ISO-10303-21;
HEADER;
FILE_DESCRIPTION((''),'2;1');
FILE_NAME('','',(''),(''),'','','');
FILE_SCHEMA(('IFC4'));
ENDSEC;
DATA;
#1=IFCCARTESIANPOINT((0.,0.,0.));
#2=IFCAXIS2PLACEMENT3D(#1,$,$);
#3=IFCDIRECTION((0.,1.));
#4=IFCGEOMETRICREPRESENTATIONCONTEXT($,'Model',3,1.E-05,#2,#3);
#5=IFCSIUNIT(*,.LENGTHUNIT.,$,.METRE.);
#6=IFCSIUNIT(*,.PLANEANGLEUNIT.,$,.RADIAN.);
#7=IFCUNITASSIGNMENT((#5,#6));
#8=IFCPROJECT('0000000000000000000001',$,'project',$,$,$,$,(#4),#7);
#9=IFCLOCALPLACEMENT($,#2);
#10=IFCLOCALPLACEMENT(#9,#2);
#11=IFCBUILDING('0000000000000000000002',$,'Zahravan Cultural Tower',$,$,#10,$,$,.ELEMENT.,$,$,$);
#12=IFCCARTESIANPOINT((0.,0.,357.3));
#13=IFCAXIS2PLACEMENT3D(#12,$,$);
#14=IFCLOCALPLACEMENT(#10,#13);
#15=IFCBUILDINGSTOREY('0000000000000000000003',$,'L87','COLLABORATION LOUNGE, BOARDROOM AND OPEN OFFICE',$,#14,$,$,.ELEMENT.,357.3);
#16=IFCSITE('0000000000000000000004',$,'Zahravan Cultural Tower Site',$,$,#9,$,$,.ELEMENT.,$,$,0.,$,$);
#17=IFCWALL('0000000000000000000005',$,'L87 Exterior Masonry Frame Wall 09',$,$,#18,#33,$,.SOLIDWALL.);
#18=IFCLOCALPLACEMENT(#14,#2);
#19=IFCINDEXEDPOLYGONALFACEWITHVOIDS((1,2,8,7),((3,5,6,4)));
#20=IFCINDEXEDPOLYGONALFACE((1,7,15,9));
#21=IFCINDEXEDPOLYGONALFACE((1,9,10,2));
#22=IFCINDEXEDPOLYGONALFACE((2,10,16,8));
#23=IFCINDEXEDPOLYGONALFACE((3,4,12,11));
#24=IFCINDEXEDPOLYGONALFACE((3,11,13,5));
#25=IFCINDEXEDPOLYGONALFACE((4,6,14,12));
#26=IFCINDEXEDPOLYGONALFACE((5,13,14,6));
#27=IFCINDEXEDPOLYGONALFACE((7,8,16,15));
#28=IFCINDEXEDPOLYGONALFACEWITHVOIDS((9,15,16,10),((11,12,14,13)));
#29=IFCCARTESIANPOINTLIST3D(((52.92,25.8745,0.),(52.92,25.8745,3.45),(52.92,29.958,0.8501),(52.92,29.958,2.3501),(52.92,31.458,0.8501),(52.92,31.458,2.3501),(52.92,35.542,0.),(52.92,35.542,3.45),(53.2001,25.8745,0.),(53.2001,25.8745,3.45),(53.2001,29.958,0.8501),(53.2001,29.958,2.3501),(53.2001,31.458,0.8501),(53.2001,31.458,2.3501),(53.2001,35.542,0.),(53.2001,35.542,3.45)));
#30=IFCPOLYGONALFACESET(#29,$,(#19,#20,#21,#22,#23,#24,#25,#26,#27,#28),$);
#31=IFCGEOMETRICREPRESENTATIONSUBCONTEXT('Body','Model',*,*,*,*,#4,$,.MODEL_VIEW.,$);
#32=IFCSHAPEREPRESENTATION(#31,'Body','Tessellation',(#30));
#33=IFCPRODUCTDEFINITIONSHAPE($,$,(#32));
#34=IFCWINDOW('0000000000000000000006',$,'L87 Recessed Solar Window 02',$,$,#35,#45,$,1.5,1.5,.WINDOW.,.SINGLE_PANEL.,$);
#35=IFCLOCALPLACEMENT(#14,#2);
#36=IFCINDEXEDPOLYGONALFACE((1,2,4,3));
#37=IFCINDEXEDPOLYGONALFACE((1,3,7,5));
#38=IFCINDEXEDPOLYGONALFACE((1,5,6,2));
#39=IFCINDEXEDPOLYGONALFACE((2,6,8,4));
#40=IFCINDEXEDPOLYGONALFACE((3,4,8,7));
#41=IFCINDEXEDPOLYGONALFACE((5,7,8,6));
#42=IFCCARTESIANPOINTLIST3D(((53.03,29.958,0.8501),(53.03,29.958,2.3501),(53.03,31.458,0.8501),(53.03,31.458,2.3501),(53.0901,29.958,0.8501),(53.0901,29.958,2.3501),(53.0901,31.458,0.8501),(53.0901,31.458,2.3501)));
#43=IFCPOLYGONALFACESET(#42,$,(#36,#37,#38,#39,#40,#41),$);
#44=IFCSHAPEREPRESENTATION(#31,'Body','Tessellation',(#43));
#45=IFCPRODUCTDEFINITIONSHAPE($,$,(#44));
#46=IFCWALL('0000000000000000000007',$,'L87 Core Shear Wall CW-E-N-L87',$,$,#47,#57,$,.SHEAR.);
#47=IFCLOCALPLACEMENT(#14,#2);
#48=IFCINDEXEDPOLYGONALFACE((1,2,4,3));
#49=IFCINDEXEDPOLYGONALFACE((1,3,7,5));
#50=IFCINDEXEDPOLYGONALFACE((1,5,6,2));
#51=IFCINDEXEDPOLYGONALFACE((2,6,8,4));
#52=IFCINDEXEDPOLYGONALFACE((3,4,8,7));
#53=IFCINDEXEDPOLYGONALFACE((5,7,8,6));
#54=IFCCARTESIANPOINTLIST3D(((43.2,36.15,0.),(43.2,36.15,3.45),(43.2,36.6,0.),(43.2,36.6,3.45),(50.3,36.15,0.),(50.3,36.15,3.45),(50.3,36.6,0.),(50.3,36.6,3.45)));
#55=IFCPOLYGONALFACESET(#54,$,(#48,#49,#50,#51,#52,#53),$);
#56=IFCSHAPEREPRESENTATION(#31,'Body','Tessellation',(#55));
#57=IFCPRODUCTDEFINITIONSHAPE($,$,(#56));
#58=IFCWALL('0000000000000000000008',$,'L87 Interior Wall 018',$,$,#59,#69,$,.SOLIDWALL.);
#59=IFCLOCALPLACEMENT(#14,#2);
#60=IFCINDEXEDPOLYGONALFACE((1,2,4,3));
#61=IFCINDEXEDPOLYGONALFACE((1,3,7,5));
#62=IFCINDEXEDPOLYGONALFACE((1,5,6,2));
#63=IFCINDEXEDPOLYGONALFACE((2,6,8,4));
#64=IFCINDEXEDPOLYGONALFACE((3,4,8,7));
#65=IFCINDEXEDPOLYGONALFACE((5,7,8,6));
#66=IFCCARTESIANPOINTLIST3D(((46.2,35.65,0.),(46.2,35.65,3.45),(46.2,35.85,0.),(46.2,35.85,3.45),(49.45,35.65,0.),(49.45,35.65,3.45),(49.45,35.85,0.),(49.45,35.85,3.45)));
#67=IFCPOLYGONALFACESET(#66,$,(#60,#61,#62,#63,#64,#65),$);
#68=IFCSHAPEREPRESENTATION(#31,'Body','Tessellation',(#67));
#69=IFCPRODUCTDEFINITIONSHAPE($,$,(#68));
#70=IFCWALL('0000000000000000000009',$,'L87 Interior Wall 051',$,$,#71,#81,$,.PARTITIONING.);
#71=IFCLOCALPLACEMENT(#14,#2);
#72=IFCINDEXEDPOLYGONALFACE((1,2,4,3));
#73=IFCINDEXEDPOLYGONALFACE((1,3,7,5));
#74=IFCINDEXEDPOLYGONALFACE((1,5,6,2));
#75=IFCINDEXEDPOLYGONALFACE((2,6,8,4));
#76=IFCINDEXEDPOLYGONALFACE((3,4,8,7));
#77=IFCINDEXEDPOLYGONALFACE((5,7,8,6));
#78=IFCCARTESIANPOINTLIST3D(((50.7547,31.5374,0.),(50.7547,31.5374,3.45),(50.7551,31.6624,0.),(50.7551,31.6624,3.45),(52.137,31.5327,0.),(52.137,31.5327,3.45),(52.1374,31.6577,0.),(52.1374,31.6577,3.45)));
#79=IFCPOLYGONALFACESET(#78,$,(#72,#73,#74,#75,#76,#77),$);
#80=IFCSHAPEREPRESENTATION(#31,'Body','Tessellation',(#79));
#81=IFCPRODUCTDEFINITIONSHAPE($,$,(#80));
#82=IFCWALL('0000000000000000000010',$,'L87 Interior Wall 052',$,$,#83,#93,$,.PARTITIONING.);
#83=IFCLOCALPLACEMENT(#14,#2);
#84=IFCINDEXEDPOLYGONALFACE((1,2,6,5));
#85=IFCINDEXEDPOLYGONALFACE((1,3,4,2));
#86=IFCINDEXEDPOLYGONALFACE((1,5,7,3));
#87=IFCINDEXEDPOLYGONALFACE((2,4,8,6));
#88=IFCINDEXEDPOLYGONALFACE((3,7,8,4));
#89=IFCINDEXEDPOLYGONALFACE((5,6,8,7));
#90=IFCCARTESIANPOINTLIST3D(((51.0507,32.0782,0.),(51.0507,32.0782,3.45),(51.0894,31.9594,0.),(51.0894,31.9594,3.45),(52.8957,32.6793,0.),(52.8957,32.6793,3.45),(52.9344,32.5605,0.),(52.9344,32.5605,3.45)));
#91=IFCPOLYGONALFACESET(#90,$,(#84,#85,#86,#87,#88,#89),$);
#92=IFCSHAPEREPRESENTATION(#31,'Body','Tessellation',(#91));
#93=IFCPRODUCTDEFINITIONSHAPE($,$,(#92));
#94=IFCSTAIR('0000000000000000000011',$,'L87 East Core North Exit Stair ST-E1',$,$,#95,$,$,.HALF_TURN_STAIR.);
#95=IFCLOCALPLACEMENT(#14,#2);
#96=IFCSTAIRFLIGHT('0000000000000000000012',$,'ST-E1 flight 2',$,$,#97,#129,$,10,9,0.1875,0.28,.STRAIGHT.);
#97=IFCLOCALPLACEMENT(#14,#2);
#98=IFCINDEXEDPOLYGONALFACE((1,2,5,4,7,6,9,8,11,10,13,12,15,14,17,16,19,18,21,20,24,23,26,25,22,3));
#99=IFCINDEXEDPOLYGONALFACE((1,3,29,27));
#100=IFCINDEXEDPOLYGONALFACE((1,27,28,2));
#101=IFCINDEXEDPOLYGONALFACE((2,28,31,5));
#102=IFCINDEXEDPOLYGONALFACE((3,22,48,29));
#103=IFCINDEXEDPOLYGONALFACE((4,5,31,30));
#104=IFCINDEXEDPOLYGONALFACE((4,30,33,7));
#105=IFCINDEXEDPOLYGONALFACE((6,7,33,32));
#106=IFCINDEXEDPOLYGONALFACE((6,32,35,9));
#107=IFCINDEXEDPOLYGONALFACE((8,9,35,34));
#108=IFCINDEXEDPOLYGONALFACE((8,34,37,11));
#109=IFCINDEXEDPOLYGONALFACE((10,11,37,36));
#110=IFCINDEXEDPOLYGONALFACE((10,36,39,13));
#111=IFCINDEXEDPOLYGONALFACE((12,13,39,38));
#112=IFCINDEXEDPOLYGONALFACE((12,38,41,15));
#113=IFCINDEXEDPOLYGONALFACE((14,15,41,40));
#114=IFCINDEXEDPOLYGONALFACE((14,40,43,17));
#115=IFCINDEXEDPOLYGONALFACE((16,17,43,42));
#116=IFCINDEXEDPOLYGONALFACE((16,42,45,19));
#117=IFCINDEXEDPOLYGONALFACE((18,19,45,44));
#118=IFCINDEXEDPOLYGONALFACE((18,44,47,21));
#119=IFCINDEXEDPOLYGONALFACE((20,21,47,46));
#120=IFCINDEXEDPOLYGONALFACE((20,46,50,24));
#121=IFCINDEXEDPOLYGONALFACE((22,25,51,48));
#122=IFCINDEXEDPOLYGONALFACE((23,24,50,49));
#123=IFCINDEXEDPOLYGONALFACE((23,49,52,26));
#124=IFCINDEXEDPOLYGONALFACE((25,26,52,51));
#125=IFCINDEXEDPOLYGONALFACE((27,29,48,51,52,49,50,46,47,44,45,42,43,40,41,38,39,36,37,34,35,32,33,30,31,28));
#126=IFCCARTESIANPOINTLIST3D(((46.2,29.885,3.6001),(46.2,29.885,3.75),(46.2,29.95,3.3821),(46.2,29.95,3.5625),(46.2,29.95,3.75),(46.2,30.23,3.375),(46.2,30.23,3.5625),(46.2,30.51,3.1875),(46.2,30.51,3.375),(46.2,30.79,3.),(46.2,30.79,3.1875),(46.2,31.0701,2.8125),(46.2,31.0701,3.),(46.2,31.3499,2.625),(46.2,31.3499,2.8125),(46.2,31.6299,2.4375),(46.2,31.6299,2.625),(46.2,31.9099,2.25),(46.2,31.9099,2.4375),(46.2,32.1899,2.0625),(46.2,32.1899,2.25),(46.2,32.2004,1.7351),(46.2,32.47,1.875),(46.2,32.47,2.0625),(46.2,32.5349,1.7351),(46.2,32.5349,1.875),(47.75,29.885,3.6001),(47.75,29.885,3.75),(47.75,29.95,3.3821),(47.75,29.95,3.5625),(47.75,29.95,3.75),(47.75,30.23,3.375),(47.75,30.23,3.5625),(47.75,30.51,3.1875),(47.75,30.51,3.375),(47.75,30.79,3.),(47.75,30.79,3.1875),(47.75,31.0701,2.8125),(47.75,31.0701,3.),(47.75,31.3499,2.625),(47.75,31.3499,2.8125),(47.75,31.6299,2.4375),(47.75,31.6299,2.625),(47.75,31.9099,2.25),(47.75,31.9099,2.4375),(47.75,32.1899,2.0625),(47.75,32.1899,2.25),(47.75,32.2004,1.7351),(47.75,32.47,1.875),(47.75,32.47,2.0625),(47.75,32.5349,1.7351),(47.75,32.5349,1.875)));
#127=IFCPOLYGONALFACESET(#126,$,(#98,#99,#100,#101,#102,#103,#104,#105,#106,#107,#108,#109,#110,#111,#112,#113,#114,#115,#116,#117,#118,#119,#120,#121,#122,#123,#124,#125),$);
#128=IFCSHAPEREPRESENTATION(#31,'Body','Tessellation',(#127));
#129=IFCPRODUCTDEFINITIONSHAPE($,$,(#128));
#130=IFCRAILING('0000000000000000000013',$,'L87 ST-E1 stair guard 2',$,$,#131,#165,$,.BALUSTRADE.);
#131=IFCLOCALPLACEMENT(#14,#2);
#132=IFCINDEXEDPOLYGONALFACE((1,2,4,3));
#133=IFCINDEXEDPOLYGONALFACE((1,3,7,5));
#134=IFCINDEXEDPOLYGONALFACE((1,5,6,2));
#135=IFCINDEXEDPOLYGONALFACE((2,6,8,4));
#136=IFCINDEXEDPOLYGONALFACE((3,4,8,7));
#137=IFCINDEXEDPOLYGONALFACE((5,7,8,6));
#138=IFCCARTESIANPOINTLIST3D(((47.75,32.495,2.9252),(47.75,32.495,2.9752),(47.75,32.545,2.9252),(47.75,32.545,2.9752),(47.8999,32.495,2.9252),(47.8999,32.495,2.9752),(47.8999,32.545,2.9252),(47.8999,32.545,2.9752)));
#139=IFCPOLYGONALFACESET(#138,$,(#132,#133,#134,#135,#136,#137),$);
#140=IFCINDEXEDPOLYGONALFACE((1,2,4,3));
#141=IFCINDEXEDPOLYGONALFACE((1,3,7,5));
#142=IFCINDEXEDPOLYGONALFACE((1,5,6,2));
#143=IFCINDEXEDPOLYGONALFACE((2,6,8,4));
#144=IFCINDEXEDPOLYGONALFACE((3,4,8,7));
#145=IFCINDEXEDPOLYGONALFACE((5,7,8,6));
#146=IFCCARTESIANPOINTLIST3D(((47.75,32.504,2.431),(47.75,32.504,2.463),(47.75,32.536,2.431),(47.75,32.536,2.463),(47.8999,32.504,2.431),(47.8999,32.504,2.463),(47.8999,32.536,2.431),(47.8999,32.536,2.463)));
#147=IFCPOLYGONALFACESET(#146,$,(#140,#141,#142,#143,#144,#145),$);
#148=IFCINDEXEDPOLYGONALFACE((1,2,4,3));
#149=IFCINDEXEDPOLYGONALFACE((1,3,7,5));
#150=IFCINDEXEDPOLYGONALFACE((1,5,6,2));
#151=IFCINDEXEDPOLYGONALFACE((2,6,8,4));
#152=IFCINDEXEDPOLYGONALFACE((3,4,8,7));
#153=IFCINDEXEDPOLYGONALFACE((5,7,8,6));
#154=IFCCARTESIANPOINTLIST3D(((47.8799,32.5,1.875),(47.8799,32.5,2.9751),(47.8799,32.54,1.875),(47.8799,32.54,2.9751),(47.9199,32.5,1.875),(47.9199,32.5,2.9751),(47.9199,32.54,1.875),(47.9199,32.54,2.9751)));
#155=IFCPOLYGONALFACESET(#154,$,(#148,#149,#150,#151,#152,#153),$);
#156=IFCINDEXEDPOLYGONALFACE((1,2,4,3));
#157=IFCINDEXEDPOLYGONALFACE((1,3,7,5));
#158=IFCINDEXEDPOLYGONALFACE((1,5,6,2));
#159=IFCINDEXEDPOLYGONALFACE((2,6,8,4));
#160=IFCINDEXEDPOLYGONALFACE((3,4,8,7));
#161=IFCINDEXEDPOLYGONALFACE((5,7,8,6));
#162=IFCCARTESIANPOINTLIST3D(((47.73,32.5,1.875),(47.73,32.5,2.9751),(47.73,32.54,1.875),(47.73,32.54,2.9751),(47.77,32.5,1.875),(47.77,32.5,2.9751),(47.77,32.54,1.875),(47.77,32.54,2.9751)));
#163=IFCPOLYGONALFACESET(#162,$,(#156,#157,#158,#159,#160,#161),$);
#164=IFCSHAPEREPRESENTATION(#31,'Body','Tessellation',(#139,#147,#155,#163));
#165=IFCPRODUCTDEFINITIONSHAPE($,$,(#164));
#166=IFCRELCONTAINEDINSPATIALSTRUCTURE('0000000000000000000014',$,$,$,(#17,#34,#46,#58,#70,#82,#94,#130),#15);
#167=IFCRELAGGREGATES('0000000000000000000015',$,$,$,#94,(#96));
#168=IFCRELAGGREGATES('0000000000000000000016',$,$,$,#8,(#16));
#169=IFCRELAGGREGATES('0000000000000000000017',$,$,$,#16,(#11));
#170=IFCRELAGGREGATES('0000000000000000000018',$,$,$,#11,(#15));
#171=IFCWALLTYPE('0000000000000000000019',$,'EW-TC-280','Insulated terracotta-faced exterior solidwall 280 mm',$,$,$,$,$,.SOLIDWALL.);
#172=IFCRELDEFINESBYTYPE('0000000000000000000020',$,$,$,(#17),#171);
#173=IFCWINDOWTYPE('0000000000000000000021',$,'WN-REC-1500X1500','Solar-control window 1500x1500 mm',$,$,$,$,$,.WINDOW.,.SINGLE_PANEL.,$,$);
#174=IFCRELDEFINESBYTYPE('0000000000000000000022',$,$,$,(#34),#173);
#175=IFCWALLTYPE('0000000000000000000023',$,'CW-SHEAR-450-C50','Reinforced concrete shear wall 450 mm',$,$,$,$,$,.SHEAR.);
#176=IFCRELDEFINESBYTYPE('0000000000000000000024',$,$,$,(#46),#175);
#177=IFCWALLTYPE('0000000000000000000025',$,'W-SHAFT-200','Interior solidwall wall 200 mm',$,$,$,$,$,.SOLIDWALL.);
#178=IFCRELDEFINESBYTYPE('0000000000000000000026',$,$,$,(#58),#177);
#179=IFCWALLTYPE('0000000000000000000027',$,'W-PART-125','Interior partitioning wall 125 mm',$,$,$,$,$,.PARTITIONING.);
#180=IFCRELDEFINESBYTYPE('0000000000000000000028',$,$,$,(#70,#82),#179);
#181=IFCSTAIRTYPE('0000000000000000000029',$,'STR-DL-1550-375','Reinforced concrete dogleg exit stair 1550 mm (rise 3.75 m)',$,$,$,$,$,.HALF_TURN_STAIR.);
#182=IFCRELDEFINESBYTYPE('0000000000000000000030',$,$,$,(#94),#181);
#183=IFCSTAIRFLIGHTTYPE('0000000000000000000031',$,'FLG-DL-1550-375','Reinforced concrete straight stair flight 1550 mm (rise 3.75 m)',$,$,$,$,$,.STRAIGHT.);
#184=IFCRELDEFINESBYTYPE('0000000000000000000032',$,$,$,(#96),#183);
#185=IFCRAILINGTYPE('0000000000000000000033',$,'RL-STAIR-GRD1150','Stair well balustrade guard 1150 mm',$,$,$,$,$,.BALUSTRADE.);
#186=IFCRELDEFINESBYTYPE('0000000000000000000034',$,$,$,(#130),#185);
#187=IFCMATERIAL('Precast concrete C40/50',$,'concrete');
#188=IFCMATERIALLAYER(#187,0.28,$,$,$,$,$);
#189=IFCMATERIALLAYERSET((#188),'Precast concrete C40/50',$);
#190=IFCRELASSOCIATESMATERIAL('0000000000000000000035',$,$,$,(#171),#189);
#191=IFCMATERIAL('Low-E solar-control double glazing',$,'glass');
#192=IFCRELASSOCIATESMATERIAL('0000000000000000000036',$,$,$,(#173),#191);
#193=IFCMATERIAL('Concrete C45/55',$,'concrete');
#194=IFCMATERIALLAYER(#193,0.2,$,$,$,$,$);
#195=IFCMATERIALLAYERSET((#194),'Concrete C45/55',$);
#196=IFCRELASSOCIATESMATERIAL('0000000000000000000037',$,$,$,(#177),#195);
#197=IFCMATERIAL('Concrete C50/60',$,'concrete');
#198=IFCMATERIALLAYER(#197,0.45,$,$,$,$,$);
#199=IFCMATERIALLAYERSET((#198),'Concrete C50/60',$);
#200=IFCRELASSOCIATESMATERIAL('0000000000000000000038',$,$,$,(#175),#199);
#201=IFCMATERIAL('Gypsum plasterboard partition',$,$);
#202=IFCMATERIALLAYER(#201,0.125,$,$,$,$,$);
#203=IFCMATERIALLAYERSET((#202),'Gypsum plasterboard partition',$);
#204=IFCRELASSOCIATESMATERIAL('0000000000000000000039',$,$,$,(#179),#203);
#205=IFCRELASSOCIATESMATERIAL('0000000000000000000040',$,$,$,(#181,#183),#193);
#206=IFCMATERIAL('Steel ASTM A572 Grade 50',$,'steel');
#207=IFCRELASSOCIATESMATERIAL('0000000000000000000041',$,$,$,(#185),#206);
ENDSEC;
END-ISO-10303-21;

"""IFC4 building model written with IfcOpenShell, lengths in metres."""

from ifc_helpers import new_model, si_unit, direction, frame, frame_2d, origin, origin_2d, place, context, subcontext, project, spatial, polyline, rectangle, outline, extrude, source, transform, mapped, material, layer, layer_set, type_object, element, fill, aggregate, save


model = new_model("IFC4")

# Units and contexts
model_context = context("Model", 3, precision=1e-05, world=origin(), true_north=direction((0.0, 1.0)))
body_context = subcontext(model_context, "Body", "Model", "MODEL_VIEW")
ifc_project = project(units=[si_unit("LENGTHUNIT", "METRE"), si_unit("PLANEANGLEUNIT", "RADIAN")], contexts=[model_context])

# Site, building, storey
site_placement = place(None, origin())
site = spatial("IfcSite", under=ifc_project, at=site_placement, Name="Zahravan Cultural Tower Site", CompositionType="ELEMENT", RefElevation=0.0)
building_placement = place(site_placement, origin())
building = spatial("IfcBuilding", under=site, at=building_placement, Name="Zahravan Cultural Tower", CompositionType="ELEMENT")
storey_placement = place(building_placement, frame((0.0, 0.0, 357.3)))
storey = spatial("IfcBuildingStorey", under=building, at=storey_placement, Name="L87", Description="COLLABORATION LOUNGE, BOARDROOM AND OPEN OFFICE", CompositionType="ELEMENT", Elevation=357.3)

# Shared definitions
ifc_material_1 = material(Name="Concrete C50/60", Category="concrete")

# Wall, opening, window
ifc_material_2 = material(Name="Precast concrete C40/50", Category="concrete")
ifc_layer_1 = layer(ifc_material_2, 0.28)
ifc_layer_set_1 = layer_set([ifc_layer_1], Name="Precast concrete C40/50")
wall_type_1 = type_object("IfcWallType", Name="EW-TC-280", Description="Insulated terracotta-faced exterior solidwall 280 mm", PredefinedType="SOLIDWALL", material=ifc_layer_set_1)
wall_1_placement = place(storey_placement, frame((53.0601, 35.542, 0.0), z_axis=(0.0, 0.0, 1.0), x_axis=(0.0, -1.0, 0.0)))
wall_1 = element("IfcWall", 1, at=wall_1_placement, inside=storey, type_object=wall_type_1, Name="L87 Exterior Masonry Frame Wall 09", PredefinedType="SOLIDWALL", context=body_context, shape_type="SweptSolid", body=[
    extrude(rectangle(XDim=9.6675, YDim=0.28, at=frame_2d((4.8337, 0.0))), origin(), (0.0, 0.0, 1.0), 3.45),
])
opening_1_placement = place(wall_1_placement, frame((4.084, 0.0, 0.8501)))
opening_1 = element("IfcOpeningElement", 2, at=opening_1_placement, cuts=wall_1, PredefinedType="OPENING", context=body_context, shape_type="SweptSolid", body=[
    extrude(rectangle(XDim=1.5, YDim=1.5, at=frame_2d((0.75, 0.75))), frame((0.0, 0.1499, 0.0), z_axis=(0.0, -1.0, 0.0), x_axis=(1.0, 0.0, 0.0)), (0.0, 0.0, 1.0), 0.3),
])
ifc_material_3 = material(Name="Low-E solar-control double glazing", Category="glass")
window_type = type_object("IfcWindowType", Name="WN-REC-1500X1500", Description="Solar-control window 1500x1500 mm", PartitioningType="SINGLE_PANEL", PredefinedType="WINDOW", material=ifc_material_3)
shared_shape_1 = source(origin(), body_context, "Body", "SweptSolid", [
    extrude(rectangle(XDim=1.5, YDim=1.5, at=frame_2d((0.75, 0.75))), frame((0.0, 0.03, 0.0), z_axis=(0.0, -1.0, 0.0), x_axis=(1.0, 0.0, 0.0)), (0.0, 0.0, 1.0), 0.0601),
])
window_placement = place(opening_1_placement, origin())
window = element("IfcWindow", 3, at=window_placement, inside=storey, type_object=window_type, Name="L87 Recessed Solar Window 02", OverallHeight=1.5, OverallWidth=1.5, PartitioningType="SINGLE_PANEL", PredefinedType="WINDOW", context=body_context, shape_type="MappedRepresentation", body=[
    mapped(shared_shape_1, transform((0.0, 0.0, 0.0), x_axis=(1.0, 0.0, 0.0), y_axis=(0.0, 1.0, 0.0), z_axis=(0.0, 0.0, 1.0), scale=1.0)),
])
fill(opening_1, window)

# Shared definitions
ifc_material_4 = material(Name="Concrete C45/55", Category="concrete")
ifc_layer_2 = layer(ifc_material_4, 0.2)
ifc_layer_set_2 = layer_set([ifc_layer_2], Name="Concrete C45/55")
wall_type_2 = type_object("IfcWallType", Name="W-SHAFT-200", Description="Interior solidwall wall 200 mm", PredefinedType="SOLIDWALL", material=ifc_layer_set_2)
ifc_material_5 = material(Name="Steel ASTM A572 Grade 50", Category="steel")

# Walls
ifc_layer_3 = layer(ifc_material_1, 0.45)
ifc_layer_set_3 = layer_set([ifc_layer_3], Name="Concrete C50/60")
wall_type_3 = type_object("IfcWallType", Name="CW-SHEAR-450-C50", Description="Reinforced concrete shear wall 450 mm", PredefinedType="SHEAR", material=ifc_layer_set_3)
shared_shape_2 = source(origin(), body_context, "Body", "SweptSolid", [
    extrude(rectangle(XDim=7.1001, YDim=0.45, at=frame_2d((3.55, 0.0))), origin(), (0.0, 0.0, 1.0), 3.45),
])
wall_2_placement = place(storey_placement, frame((43.2, 36.375, 0.0), z_axis=(0.0, 0.0, 1.0), x_axis=(1.0, 0.0, 0.0)))
element("IfcWall", 4, at=wall_2_placement, inside=storey, type_object=wall_type_3, Name="L87 Core Shear Wall CW-E-N-L87", PredefinedType="SHEAR", context=body_context, shape_type="MappedRepresentation", body=[
    mapped(shared_shape_2, transform((0.0, 0.0, 0.0), x_axis=(1.0, 0.0, 0.0), y_axis=(0.0, 1.0, 0.0), z_axis=(0.0, 0.0, 1.0), scale=1.0)),
])
shared_shape_3 = source(origin(), body_context, "Body", "SweptSolid", [
    extrude(rectangle(XDim=3.25, YDim=0.2, at=frame_2d((1.625, 0.0))), origin(), (0.0, 0.0, 1.0), 3.45),
])
wall_3_placement = place(storey_placement, frame((46.2, 35.75, 0.0), z_axis=(0.0, 0.0, 1.0), x_axis=(1.0, 0.0, 0.0)))
element("IfcWall", 5, at=wall_3_placement, inside=storey, type_object=wall_type_2, Name="L87 Interior Wall 018", PredefinedType="SOLIDWALL", context=body_context, shape_type="MappedRepresentation", body=[
    mapped(shared_shape_3, transform((0.0, 0.0, 0.0), x_axis=(1.0, 0.0, 0.0), y_axis=(0.0, 1.0, 0.0), z_axis=(0.0, 0.0, 1.0), scale=1.0)),
])
ifc_material_6 = material(Name="Gypsum plasterboard partition")
ifc_layer_4 = layer(ifc_material_6, 0.125)
ifc_layer_set_4 = layer_set([ifc_layer_4], Name="Gypsum plasterboard partition")
wall_type_4 = type_object("IfcWallType", Name="W-PART-125", Description="Interior partitioning wall 125 mm", PredefinedType="PARTITIONING", material=ifc_layer_set_4)
shared_shape_4 = source(origin(), body_context, "Body", "SweptSolid", [
    extrude(rectangle(XDim=1.3823, YDim=0.125, at=frame_2d((0.6912, 0.0))), origin(), (0.0, 0.0, 1.0), 3.45),
])
wall_4_placement = place(storey_placement, frame((52.1372, 31.5952, 0.0), z_axis=(0.0, 0.0, 1.0), x_axis=(-0.999994, 0.003356, 0.0)))
element("IfcWall", 6, at=wall_4_placement, inside=storey, type_object=wall_type_4, Name="L87 Interior Wall 051", PredefinedType="PARTITIONING", context=body_context, shape_type="MappedRepresentation", body=[
    mapped(shared_shape_4, transform((0.0, 0.0, 0.0), x_axis=(1.0, 0.0, 0.0), y_axis=(0.0, 1.0, 0.0), z_axis=(0.0, 0.0, 1.0), scale=1.0)),
])
shared_shape_5 = source(origin(), body_context, "Body", "SweptSolid", [
    extrude(rectangle(XDim=1.9404, YDim=0.125, at=frame_2d((0.9702, 0.0))), origin(), (0.0, 0.0, 1.0), 3.45),
])
wall_5_placement = place(storey_placement, frame((51.0701, 32.0188, 0.0), z_axis=(0.0, 0.0, 1.0), x_axis=(0.950813, 0.309766, 0.0)))
element("IfcWall", 7, at=wall_5_placement, inside=storey, type_object=wall_type_4, Name="L87 Interior Wall 052", PredefinedType="PARTITIONING", context=body_context, shape_type="MappedRepresentation", body=[
    mapped(shared_shape_5, transform((0.0, 0.0, 0.0), x_axis=(1.0, 0.0, 0.0), y_axis=(0.0, 1.0, 0.0), z_axis=(0.0, 0.0, 1.0), scale=1.0)),
])

# Stair, stair flight
stair_type = type_object("IfcStairType", Name="STR-DL-1550-375", Description="Reinforced concrete dogleg exit stair 1550 mm (rise 3.75 m)", PredefinedType="HALF_TURN_STAIR", material=ifc_material_4)
stair_placement = place(storey_placement, origin())
stair = element("IfcStair", 8, at=stair_placement, inside=storey, type_object=stair_type, Name="L87 East Core North Exit Stair ST-E1", PredefinedType="HALF_TURN_STAIR")
stair_flight_type = type_object("IfcStairFlightType", Name="FLG-DL-1550-375", Description="Reinforced concrete straight stair flight 1550 mm (rise 3.75 m)", PredefinedType="STRAIGHT", material=ifc_material_4)
stair_flight_placement = place(storey_placement, frame((46.9751, 32.47, 1.875), z_axis=(0.0, 0.0, 1.0), x_axis=(0.0, -1.0, 0.0)))
stair_flight = element("IfcStairFlight", 9, at=stair_flight_placement, type_object=stair_flight_type, Name="ST-E1 flight 2", NumberOfRisers=10, NumberOfTreads=9, PredefinedType="STRAIGHT", RiserHeight=0.1875, TreadLength=0.28, context=body_context, shape_type="SweptSolid", body=[
    extrude(outline(polyline([(-0.0649, -0.1399), (-0.0649, 0.0), (0.0, 0.0), (0.0, 0.1875), (0.28, 0.1875), (0.28, 0.375), (0.5601, 0.375), (0.5601, 0.5625), (0.8401, 0.5625), (0.8401, 0.75), (1.1201, 0.75), (1.1201, 0.9375), (1.3999, 0.9375), (1.3999, 1.125), (1.6799, 1.125), (1.6799, 1.3125), (1.96, 1.3125), (1.96, 1.5), (2.24, 1.5), (2.24, 1.6875), (2.52, 1.6875), (2.52, 1.875), (2.585, 1.875), (2.585, 1.7251), (2.52, 1.5071), (0.2695, -0.1399), (-0.0649, -0.1399)])), frame((0.0, 0.7749, 0.0), z_axis=(0.0, -1.0, 0.0), x_axis=(1.0, 0.0, 0.0)), (0.0, 0.0, 1.0), 1.55),
])
aggregate(stair, [stair_flight])

# Railing
railing_type_1 = type_object("IfcRailingType", Name="RL-STAIR-GRD1150", Description="Stair well balustrade guard 1150 mm", PredefinedType="BALUSTRADE", material=ifc_material_5)
railing_1_placement = place(storey_placement, frame((47.8999, 32.52, 1.875)))
element("IfcRailing", 10, at=railing_1_placement, inside=storey, type_object=railing_type_1, Name="L87 ST-E1 stair guard 2", PredefinedType="BALUSTRADE", context=body_context, shape_type="SweptSolid", body=[
    extrude(rectangle(XDim=0.05, YDim=0.05, at=origin_2d()), frame((0.0, 0.0, 1.0752), z_axis=(-1.0, 0.0, 0.0), x_axis=(0.0, -1.0, 0.0)), (0.0, 0.0, 1.0), 0.1499),
    extrude(rectangle(XDim=0.032, YDim=0.032, at=origin_2d()), frame((0.0, 0.0, 0.572), z_axis=(-1.0, 0.0, 0.0), x_axis=(0.0, -1.0, 0.0)), (0.0, 0.0, 1.0), 0.1499),
    extrude(rectangle(XDim=0.04, YDim=0.04, at=origin_2d()), origin(), (0.0, 0.0, 1.0), 1.1001),
    extrude(rectangle(XDim=0.04, YDim=0.04, at=origin_2d()), frame((-0.1499, 0.0, 0.0)), (0.0, 0.0, 1.0), 1.1001),
])

save(model, "model.ifc")
